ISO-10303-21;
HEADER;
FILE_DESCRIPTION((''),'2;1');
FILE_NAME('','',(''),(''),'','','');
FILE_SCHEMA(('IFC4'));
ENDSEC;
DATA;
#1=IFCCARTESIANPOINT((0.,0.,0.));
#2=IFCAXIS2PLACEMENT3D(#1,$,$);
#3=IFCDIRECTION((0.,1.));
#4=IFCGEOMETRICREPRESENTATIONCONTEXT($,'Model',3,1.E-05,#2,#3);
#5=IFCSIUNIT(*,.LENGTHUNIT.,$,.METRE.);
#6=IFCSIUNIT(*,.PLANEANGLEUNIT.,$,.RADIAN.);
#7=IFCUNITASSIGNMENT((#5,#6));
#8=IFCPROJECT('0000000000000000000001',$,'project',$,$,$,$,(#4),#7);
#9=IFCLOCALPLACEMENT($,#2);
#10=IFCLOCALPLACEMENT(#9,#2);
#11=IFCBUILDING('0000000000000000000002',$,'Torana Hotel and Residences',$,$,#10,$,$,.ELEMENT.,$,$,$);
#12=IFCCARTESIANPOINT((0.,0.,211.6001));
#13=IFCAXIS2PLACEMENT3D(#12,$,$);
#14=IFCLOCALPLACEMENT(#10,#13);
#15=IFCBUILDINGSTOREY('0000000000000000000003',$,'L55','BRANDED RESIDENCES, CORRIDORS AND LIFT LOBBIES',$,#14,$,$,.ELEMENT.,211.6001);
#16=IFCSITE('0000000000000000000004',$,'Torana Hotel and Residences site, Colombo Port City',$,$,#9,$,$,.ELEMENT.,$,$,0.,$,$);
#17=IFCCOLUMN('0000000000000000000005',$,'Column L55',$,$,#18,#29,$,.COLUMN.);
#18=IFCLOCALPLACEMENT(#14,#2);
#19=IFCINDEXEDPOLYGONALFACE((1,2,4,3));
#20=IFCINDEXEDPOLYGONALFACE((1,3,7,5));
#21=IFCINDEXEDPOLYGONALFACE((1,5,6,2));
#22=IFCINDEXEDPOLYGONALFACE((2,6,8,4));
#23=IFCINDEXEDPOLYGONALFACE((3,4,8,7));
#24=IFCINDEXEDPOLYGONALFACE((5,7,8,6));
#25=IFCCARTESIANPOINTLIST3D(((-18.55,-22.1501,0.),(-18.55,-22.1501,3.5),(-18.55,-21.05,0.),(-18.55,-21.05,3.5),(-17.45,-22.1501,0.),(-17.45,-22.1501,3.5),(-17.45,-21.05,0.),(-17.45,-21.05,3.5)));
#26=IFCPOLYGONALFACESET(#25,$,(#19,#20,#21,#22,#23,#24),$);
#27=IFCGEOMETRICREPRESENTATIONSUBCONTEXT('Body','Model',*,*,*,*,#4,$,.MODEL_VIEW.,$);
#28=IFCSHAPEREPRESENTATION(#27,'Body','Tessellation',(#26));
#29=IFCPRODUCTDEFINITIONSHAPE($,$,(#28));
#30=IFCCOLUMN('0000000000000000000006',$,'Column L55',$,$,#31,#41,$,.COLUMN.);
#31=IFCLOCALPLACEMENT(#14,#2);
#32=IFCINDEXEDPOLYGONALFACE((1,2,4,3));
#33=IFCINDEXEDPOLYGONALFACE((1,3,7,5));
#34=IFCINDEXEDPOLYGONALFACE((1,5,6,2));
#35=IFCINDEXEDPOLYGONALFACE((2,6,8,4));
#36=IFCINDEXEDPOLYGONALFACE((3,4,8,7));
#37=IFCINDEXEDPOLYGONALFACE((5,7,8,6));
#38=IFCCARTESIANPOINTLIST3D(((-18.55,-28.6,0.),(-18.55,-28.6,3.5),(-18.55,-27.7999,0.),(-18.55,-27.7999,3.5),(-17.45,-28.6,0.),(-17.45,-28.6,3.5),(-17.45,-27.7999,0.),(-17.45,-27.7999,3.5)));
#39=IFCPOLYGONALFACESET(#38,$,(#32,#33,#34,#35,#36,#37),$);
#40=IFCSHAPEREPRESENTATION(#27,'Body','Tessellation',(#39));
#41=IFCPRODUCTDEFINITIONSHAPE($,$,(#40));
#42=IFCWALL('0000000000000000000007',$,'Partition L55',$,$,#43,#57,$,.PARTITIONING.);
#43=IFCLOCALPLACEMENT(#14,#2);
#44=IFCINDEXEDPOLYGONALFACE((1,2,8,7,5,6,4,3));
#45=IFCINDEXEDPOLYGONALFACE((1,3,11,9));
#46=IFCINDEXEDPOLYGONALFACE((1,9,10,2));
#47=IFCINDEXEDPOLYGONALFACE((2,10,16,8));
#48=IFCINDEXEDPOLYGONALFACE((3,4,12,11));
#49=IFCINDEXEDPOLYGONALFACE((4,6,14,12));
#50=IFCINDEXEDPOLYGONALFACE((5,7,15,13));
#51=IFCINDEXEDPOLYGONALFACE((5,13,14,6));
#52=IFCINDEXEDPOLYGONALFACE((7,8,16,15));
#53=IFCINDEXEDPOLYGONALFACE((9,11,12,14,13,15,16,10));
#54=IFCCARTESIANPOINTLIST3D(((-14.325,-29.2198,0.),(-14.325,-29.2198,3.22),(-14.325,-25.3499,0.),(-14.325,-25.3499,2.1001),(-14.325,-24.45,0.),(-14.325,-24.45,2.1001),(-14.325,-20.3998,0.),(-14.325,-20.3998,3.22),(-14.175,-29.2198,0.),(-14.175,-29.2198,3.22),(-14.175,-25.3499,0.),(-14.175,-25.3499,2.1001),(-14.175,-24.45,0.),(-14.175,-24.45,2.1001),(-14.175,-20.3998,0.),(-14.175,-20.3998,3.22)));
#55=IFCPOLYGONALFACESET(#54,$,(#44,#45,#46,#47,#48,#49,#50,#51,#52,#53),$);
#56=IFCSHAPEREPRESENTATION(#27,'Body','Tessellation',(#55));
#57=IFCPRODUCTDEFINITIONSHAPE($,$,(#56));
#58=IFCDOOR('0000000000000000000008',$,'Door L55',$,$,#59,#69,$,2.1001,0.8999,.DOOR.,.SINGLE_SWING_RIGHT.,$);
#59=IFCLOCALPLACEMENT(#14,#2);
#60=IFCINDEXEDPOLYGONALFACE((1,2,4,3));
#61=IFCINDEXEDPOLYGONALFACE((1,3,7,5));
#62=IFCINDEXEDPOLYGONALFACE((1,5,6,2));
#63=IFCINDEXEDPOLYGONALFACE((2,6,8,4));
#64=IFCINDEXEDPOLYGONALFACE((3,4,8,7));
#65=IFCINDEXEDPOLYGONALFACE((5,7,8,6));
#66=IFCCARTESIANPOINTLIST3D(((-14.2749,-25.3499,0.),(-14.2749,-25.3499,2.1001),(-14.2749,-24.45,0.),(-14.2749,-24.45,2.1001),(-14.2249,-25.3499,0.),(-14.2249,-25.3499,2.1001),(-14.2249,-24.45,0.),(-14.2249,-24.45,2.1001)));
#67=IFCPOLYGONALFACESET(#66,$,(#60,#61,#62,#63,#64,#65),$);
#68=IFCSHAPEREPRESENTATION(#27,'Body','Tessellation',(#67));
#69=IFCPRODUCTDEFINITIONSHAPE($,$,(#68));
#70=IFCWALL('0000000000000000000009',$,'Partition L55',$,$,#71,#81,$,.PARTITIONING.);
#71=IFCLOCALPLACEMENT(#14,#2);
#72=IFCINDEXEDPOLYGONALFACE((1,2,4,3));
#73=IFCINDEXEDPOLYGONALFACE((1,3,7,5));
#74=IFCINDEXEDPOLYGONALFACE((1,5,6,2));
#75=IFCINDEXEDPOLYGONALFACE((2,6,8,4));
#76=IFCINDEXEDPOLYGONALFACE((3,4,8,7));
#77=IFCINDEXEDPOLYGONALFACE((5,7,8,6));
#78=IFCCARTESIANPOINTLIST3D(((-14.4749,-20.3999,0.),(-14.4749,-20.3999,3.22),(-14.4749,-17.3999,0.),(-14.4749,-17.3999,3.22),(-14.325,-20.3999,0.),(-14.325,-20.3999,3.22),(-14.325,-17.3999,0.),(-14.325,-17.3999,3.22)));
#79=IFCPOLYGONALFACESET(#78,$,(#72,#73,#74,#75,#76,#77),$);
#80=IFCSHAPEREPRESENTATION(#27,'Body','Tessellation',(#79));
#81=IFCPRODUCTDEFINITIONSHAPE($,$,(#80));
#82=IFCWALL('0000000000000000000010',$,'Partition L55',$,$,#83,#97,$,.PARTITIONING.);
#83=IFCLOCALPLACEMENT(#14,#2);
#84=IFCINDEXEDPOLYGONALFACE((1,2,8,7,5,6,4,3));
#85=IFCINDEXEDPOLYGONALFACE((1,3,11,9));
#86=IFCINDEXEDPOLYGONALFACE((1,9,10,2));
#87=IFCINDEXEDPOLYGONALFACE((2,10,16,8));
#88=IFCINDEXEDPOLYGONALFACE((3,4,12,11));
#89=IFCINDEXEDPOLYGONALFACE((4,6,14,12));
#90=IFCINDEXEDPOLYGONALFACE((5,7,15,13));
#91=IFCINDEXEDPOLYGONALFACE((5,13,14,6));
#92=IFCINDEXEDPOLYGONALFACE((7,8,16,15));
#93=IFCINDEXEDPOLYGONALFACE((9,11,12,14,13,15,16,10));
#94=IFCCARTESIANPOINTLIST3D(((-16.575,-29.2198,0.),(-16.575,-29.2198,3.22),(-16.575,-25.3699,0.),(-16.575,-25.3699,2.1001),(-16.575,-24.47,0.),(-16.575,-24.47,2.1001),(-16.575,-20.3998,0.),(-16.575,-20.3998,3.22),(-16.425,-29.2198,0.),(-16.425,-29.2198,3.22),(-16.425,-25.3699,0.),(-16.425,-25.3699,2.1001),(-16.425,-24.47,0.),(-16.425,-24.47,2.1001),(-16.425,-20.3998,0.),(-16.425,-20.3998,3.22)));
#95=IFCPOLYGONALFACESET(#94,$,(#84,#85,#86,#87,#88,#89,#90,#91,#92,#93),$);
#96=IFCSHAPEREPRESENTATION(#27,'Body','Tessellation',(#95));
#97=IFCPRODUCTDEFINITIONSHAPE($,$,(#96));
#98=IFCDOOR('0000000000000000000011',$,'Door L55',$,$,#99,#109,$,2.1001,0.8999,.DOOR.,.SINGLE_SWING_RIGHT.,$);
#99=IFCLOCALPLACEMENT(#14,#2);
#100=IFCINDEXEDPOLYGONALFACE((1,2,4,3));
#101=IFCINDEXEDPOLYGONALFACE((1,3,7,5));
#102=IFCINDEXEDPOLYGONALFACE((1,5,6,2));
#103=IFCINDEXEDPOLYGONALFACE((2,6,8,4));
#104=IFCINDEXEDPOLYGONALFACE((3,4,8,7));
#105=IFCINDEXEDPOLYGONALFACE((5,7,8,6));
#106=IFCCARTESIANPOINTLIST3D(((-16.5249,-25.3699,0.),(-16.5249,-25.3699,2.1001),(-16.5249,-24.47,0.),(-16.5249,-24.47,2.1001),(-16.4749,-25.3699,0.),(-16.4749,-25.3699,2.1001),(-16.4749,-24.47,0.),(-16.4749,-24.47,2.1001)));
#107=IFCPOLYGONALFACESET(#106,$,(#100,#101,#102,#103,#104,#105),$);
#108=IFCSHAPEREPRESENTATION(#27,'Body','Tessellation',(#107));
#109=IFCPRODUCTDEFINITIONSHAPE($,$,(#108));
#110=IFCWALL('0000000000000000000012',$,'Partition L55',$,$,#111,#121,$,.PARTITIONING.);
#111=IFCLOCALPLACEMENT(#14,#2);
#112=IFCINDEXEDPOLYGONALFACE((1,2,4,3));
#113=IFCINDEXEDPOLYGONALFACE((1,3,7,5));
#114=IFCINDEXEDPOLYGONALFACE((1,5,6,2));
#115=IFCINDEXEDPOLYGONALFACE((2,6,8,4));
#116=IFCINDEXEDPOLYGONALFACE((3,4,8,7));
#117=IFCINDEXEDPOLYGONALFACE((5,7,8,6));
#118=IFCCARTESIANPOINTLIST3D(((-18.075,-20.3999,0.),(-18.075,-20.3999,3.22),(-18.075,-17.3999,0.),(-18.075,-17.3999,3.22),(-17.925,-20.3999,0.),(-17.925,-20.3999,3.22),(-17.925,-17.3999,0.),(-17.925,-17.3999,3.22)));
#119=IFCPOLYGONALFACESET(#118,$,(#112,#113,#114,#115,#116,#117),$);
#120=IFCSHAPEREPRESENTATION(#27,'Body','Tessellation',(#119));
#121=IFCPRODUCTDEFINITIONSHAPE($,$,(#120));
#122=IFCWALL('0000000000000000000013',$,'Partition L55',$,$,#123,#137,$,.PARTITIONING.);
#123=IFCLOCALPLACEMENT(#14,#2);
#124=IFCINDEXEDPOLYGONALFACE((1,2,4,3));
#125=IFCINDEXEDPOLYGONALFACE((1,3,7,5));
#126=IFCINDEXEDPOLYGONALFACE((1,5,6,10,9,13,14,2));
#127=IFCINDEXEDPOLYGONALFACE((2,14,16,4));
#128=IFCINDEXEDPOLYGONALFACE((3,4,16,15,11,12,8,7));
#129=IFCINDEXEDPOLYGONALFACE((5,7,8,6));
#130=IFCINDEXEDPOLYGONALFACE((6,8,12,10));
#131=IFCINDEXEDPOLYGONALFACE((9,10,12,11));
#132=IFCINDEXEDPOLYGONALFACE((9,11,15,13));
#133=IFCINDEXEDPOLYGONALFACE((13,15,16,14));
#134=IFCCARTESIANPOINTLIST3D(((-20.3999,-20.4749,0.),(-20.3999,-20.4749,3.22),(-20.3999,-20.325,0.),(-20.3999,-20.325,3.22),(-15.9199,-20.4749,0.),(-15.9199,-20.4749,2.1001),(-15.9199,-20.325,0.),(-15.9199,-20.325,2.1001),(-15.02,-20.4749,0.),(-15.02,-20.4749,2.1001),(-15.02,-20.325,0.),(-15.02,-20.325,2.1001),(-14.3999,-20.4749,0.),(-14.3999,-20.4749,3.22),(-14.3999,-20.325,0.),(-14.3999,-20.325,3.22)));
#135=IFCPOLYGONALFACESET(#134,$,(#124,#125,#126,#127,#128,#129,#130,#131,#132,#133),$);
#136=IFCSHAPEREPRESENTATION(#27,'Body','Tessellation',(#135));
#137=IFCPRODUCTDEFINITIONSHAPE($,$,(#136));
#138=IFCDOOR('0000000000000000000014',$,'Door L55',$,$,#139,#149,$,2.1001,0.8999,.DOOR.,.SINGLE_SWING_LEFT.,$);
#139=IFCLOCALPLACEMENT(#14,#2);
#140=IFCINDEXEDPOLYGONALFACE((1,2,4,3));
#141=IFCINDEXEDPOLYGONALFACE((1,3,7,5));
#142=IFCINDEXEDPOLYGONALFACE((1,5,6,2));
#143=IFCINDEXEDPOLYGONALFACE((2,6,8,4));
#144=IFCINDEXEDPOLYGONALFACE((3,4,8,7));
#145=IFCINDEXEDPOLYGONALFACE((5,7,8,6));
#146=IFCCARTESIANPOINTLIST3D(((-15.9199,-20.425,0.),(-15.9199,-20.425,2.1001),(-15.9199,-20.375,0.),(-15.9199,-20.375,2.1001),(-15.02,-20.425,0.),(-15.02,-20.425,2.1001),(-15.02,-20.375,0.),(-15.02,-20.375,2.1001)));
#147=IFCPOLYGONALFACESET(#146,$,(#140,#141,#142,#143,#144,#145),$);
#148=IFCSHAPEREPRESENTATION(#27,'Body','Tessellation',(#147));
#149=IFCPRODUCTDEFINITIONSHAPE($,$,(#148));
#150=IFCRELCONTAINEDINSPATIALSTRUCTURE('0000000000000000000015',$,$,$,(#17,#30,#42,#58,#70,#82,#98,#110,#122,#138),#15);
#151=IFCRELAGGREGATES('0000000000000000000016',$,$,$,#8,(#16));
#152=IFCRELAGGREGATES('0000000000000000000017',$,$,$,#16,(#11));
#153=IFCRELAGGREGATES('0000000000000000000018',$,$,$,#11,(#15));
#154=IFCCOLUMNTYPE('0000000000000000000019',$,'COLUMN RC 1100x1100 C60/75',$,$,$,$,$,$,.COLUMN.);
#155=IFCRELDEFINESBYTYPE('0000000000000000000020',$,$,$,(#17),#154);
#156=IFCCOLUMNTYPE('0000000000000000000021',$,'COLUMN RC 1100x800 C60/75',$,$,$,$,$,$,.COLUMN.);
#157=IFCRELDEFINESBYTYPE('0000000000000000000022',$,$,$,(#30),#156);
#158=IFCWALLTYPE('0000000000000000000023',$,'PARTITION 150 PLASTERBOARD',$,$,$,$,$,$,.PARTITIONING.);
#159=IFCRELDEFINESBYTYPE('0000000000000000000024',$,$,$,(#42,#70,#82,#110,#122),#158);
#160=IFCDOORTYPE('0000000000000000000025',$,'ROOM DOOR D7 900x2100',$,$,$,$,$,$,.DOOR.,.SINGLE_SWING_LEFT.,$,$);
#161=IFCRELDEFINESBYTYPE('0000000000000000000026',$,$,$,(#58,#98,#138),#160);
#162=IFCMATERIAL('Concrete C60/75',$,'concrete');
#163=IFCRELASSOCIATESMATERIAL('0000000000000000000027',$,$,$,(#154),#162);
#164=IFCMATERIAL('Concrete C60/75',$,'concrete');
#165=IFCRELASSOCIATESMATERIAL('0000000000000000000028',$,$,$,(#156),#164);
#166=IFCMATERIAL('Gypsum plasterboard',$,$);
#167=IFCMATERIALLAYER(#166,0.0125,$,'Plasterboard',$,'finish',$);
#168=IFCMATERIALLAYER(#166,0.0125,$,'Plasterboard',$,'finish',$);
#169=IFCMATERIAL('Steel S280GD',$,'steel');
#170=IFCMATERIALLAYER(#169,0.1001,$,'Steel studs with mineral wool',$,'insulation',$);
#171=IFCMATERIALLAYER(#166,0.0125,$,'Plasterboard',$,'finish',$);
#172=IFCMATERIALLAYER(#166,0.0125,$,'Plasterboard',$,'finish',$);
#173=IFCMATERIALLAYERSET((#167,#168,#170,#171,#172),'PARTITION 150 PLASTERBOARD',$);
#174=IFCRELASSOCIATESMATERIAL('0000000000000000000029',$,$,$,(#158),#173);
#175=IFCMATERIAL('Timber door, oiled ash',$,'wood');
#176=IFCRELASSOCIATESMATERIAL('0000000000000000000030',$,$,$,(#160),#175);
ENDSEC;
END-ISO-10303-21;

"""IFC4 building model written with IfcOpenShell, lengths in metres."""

from ifc_helpers import new_model, si_unit, direction, frame, frame_2d, origin, origin_2d, place, context, subcontext, project, spatial, rectangle, extrude, material, layer, layer_set, material_profile, profile_set, type_object, element, fill, save


model = new_model("IFC4")

# Units and contexts
model_context = context("Model", 3, precision=1e-05, world=origin(), true_north=direction((0.0, 1.0)))
body_context = subcontext(model_context, "Body", "Model", "MODEL_VIEW")
ifc_project = project(units=[si_unit("LENGTHUNIT", "METRE"), si_unit("PLANEANGLEUNIT", "RADIAN")], contexts=[model_context])

# Site, building, storey
site_placement = place(None, origin())
site = spatial("IfcSite", under=ifc_project, at=site_placement, Name="Torana Hotel and Residences site, Colombo Port City", CompositionType="ELEMENT", RefElevation=0.0)
building_placement = place(site_placement, origin())
building = spatial("IfcBuilding", under=site, at=building_placement, Name="Torana Hotel and Residences", CompositionType="ELEMENT")
storey_placement = place(building_placement, frame((0.0, 0.0, 211.6001)))
storey = spatial("IfcBuildingStorey", under=building, at=storey_placement, Name="L55", Description="BRANDED RESIDENCES, CORRIDORS AND LIFT LOBBIES", CompositionType="ELEMENT", Elevation=211.6001)

# Columns
ifc_material_1 = material(Name="Concrete C60/75", Category="concrete")
ifc_material_profile_1 = material_profile(ifc_material_1, rectangle(XDim=1.1001, YDim=1.1001, at=origin_2d()), Name="RC 1100x1100")
ifc_profile_set_1 = profile_set([ifc_material_profile_1], Name="Concrete C60/75")
column_type_1 = type_object("IfcColumnType", Name="COLUMN RC 1100x1100 C60/75", PredefinedType="COLUMN", material=ifc_profile_set_1)
column_1_placement = place(storey_placement, frame((-18.0, -21.6001, 0.0), z_axis=(0.0, 0.0, 1.0), x_axis=(1.0, 0.0, 0.0)))
element("IfcColumn", 1, at=column_1_placement, inside=storey, type_object=column_type_1, Name="Column L55", PredefinedType="COLUMN", context=body_context, shape_type="SweptSolid", body=[
    extrude(rectangle(XDim=1.1001, YDim=1.1001, at=origin_2d()), origin(), (0.0, 0.0, 1.0), 3.5),
])
ifc_material_2 = material(Name="Concrete C60/75", Category="concrete")
ifc_material_profile_2 = material_profile(ifc_material_2, rectangle(XDim=1.1001, YDim=0.8, at=origin_2d()), Name="RC 1100x800")
ifc_profile_set_2 = profile_set([ifc_material_profile_2], Name="Concrete C60/75")
column_type_2 = type_object("IfcColumnType", Name="COLUMN RC 1100x800 C60/75", PredefinedType="COLUMN", material=ifc_profile_set_2)
column_2_placement = place(storey_placement, frame((-18.0, -28.2, 0.0), z_axis=(0.0, 0.0, 1.0), x_axis=(1.0, 0.0, 0.0)))
element("IfcColumn", 2, at=column_2_placement, inside=storey, type_object=column_type_2, Name="Column L55", PredefinedType="COLUMN", context=body_context, shape_type="SweptSolid", body=[
    extrude(rectangle(XDim=1.1001, YDim=0.8, at=origin_2d()), origin(), (0.0, 0.0, 1.0), 3.5),
])

# Wall, opening, door
ifc_material_3 = material(Name="Gypsum plasterboard")
ifc_layer_1 = layer(ifc_material_3, 0.0125, Name="Plasterboard", Category="finish")
ifc_layer_2 = layer(ifc_material_3, 0.0125, Name="Plasterboard", Category="finish")
ifc_material_4 = material(Name="Steel S280GD", Category="steel")
ifc_layer_3 = layer(ifc_material_4, 0.1001, Name="Steel studs with mineral wool", Category="insulation")
ifc_layer_4 = layer(ifc_material_3, 0.0125, Name="Plasterboard", Category="finish")
ifc_layer_5 = layer(ifc_material_3, 0.0125, Name="Plasterboard", Category="finish")
ifc_layer_set_1 = layer_set([ifc_layer_1, ifc_layer_2, ifc_layer_3, ifc_layer_4, ifc_layer_5], Name="PARTITION 150 PLASTERBOARD")
wall_type_1 = type_object("IfcWallType", Name="PARTITION 150 PLASTERBOARD", PredefinedType="PARTITIONING", material=ifc_layer_set_1)
wall_1_placement = place(storey_placement, frame((-14.25, -29.22, 0.0), z_axis=(0.0, 0.0, 1.0), x_axis=(0.0, 1.0, 0.0)))
wall_1 = element("IfcWall", 3, at=wall_1_placement, inside=storey, type_object=wall_type_1, Name="Partition L55", PredefinedType="PARTITIONING", context=body_context, shape_type="SweptSolid", body=[
    extrude(rectangle(XDim=8.8201, YDim=0.1499, at=frame_2d((4.4102, 0.0))), origin(), (0.0, 0.0, 1.0), 3.22),
])
opening_1_placement = place(wall_1_placement, frame((3.8701, 0.0, 0.0)))
opening_1 = element("IfcOpeningElement", 4, at=opening_1_placement, cuts=wall_1, PredefinedType="OPENING", context=body_context, shape_type="SweptSolid", body=[
    extrude(rectangle(XDim=0.8999, YDim=2.1001, at=frame_2d((0.45, 1.05))), frame((0.0, 0.085, 0.0), z_axis=(0.0, -1.0, 0.0), x_axis=(1.0, 0.0, 0.0)), (0.0, 0.0, 1.0), 0.1699),
])
ifc_material_5 = material(Name="Timber door, oiled ash", Category="wood")
door_type_1 = type_object("IfcDoorType", Name="ROOM DOOR D7 900x2100", OperationType="SINGLE_SWING_LEFT", PredefinedType="DOOR", material=ifc_material_5)
door_1_placement = place(opening_1_placement, origin())
door_1 = element("IfcDoor", 5, at=door_1_placement, inside=storey, type_object=door_type_1, Name="Door L55", OperationType="SINGLE_SWING_RIGHT", OverallHeight=2.1001, OverallWidth=0.8999, PredefinedType="DOOR", context=body_context, shape_type="SweptSolid", body=[
    extrude(rectangle(XDim=0.8999, YDim=2.1001, at=frame_2d((0.45, 1.05))), frame((0.0, 0.0249, 0.0), z_axis=(0.0, -1.0, 0.0), x_axis=(1.0, 0.0, 0.0)), (0.0, 0.0, 1.0), 0.05),
])
fill(opening_1, door_1)

# Wall
wall_2_placement = place(storey_placement, frame((-14.3999, -20.3999, 0.0), z_axis=(0.0, 0.0, 1.0), x_axis=(0.0, 1.0, 0.0)))
element("IfcWall", 6, at=wall_2_placement, inside=storey, type_object=wall_type_1, Name="Partition L55", PredefinedType="PARTITIONING", context=body_context, shape_type="SweptSolid", body=[
    extrude(rectangle(XDim=3.0, YDim=0.1499, at=frame_2d((1.5, 0.0))), origin(), (0.0, 0.0, 1.0), 3.22),
])

# Wall, opening, door
wall_3_placement = place(storey_placement, frame((-16.5, -29.22, 0.0), z_axis=(0.0, 0.0, 1.0), x_axis=(0.0, 1.0, 0.0)))
wall_3 = element("IfcWall", 7, at=wall_3_placement, inside=storey, type_object=wall_type_1, Name="Partition L55", PredefinedType="PARTITIONING", context=body_context, shape_type="SweptSolid", body=[
    extrude(rectangle(XDim=8.8201, YDim=0.1499, at=frame_2d((4.4102, 0.0))), origin(), (0.0, 0.0, 1.0), 3.22),
])
opening_2_placement = place(wall_3_placement, frame((3.8501, 0.0, 0.0)))
opening_2 = element("IfcOpeningElement", 8, at=opening_2_placement, cuts=wall_3, PredefinedType="OPENING", context=body_context, shape_type="SweptSolid", body=[
    extrude(rectangle(XDim=0.8999, YDim=2.1001, at=frame_2d((0.45, 1.05))), frame((0.0, 0.085, 0.0), z_axis=(0.0, -1.0, 0.0), x_axis=(1.0, 0.0, 0.0)), (0.0, 0.0, 1.0), 0.1699),
])
door_2_placement = place(opening_2_placement, origin())
door_2 = element("IfcDoor", 9, at=door_2_placement, inside=storey, type_object=door_type_1, Name="Door L55", OperationType="SINGLE_SWING_RIGHT", OverallHeight=2.1001, OverallWidth=0.8999, PredefinedType="DOOR", context=body_context, shape_type="SweptSolid", body=[
    extrude(rectangle(XDim=0.8999, YDim=2.1001, at=frame_2d((0.45, 1.05))), frame((0.0, 0.0249, 0.0), z_axis=(0.0, -1.0, 0.0), x_axis=(1.0, 0.0, 0.0)), (0.0, 0.0, 1.0), 0.05),
])
fill(opening_2, door_2)

# Wall
wall_4_placement = place(storey_placement, frame((-18.0, -20.3999, 0.0), z_axis=(0.0, 0.0, 1.0), x_axis=(0.0, 1.0, 0.0)))
element("IfcWall", 10, at=wall_4_placement, inside=storey, type_object=wall_type_1, Name="Partition L55", PredefinedType="PARTITIONING", context=body_context, shape_type="SweptSolid", body=[
    extrude(rectangle(XDim=3.0, YDim=0.1499, at=frame_2d((1.5, 0.0))), origin(), (0.0, 0.0, 1.0), 3.22),
])

# Wall, opening, door
wall_5_placement = place(storey_placement, frame((-20.3999, -20.3999, 0.0), z_axis=(0.0, 0.0, 1.0), x_axis=(1.0, 0.0, 0.0)))
wall_5 = element("IfcWall", 11, at=wall_5_placement, inside=storey, type_object=wall_type_1, Name="Partition L55", PredefinedType="PARTITIONING", context=body_context, shape_type="SweptSolid", body=[
    extrude(rectangle(XDim=6.0, YDim=0.1499, at=frame_2d((3.0, 0.0))), origin(), (0.0, 0.0, 1.0), 3.22),
])
opening_3_placement = place(wall_5_placement, frame((4.48, 0.0, 0.0)))
opening_3 = element("IfcOpeningElement", 12, at=opening_3_placement, cuts=wall_5, PredefinedType="OPENING", context=body_context, shape_type="SweptSolid", body=[
    extrude(rectangle(XDim=0.8999, YDim=2.1001, at=frame_2d((0.45, 1.05))), frame((0.0, 0.085, 0.0), z_axis=(0.0, -1.0, 0.0), x_axis=(1.0, 0.0, 0.0)), (0.0, 0.0, 1.0), 0.1699),
])
door_3_placement = place(opening_3_placement, origin())
door_3 = element("IfcDoor", 13, at=door_3_placement, inside=storey, type_object=door_type_1, Name="Door L55", OperationType="SINGLE_SWING_LEFT", OverallHeight=2.1001, OverallWidth=0.8999, PredefinedType="DOOR", context=body_context, shape_type="SweptSolid", body=[
    extrude(rectangle(XDim=0.8999, YDim=2.1001, at=frame_2d((0.45, 1.05))), frame((0.0, 0.0249, 0.0), z_axis=(0.0, -1.0, 0.0), x_axis=(1.0, 0.0, 0.0)), (0.0, 0.0, 1.0), 0.05),
])
fill(opening_3, door_3)

save(model, "model.ifc")
